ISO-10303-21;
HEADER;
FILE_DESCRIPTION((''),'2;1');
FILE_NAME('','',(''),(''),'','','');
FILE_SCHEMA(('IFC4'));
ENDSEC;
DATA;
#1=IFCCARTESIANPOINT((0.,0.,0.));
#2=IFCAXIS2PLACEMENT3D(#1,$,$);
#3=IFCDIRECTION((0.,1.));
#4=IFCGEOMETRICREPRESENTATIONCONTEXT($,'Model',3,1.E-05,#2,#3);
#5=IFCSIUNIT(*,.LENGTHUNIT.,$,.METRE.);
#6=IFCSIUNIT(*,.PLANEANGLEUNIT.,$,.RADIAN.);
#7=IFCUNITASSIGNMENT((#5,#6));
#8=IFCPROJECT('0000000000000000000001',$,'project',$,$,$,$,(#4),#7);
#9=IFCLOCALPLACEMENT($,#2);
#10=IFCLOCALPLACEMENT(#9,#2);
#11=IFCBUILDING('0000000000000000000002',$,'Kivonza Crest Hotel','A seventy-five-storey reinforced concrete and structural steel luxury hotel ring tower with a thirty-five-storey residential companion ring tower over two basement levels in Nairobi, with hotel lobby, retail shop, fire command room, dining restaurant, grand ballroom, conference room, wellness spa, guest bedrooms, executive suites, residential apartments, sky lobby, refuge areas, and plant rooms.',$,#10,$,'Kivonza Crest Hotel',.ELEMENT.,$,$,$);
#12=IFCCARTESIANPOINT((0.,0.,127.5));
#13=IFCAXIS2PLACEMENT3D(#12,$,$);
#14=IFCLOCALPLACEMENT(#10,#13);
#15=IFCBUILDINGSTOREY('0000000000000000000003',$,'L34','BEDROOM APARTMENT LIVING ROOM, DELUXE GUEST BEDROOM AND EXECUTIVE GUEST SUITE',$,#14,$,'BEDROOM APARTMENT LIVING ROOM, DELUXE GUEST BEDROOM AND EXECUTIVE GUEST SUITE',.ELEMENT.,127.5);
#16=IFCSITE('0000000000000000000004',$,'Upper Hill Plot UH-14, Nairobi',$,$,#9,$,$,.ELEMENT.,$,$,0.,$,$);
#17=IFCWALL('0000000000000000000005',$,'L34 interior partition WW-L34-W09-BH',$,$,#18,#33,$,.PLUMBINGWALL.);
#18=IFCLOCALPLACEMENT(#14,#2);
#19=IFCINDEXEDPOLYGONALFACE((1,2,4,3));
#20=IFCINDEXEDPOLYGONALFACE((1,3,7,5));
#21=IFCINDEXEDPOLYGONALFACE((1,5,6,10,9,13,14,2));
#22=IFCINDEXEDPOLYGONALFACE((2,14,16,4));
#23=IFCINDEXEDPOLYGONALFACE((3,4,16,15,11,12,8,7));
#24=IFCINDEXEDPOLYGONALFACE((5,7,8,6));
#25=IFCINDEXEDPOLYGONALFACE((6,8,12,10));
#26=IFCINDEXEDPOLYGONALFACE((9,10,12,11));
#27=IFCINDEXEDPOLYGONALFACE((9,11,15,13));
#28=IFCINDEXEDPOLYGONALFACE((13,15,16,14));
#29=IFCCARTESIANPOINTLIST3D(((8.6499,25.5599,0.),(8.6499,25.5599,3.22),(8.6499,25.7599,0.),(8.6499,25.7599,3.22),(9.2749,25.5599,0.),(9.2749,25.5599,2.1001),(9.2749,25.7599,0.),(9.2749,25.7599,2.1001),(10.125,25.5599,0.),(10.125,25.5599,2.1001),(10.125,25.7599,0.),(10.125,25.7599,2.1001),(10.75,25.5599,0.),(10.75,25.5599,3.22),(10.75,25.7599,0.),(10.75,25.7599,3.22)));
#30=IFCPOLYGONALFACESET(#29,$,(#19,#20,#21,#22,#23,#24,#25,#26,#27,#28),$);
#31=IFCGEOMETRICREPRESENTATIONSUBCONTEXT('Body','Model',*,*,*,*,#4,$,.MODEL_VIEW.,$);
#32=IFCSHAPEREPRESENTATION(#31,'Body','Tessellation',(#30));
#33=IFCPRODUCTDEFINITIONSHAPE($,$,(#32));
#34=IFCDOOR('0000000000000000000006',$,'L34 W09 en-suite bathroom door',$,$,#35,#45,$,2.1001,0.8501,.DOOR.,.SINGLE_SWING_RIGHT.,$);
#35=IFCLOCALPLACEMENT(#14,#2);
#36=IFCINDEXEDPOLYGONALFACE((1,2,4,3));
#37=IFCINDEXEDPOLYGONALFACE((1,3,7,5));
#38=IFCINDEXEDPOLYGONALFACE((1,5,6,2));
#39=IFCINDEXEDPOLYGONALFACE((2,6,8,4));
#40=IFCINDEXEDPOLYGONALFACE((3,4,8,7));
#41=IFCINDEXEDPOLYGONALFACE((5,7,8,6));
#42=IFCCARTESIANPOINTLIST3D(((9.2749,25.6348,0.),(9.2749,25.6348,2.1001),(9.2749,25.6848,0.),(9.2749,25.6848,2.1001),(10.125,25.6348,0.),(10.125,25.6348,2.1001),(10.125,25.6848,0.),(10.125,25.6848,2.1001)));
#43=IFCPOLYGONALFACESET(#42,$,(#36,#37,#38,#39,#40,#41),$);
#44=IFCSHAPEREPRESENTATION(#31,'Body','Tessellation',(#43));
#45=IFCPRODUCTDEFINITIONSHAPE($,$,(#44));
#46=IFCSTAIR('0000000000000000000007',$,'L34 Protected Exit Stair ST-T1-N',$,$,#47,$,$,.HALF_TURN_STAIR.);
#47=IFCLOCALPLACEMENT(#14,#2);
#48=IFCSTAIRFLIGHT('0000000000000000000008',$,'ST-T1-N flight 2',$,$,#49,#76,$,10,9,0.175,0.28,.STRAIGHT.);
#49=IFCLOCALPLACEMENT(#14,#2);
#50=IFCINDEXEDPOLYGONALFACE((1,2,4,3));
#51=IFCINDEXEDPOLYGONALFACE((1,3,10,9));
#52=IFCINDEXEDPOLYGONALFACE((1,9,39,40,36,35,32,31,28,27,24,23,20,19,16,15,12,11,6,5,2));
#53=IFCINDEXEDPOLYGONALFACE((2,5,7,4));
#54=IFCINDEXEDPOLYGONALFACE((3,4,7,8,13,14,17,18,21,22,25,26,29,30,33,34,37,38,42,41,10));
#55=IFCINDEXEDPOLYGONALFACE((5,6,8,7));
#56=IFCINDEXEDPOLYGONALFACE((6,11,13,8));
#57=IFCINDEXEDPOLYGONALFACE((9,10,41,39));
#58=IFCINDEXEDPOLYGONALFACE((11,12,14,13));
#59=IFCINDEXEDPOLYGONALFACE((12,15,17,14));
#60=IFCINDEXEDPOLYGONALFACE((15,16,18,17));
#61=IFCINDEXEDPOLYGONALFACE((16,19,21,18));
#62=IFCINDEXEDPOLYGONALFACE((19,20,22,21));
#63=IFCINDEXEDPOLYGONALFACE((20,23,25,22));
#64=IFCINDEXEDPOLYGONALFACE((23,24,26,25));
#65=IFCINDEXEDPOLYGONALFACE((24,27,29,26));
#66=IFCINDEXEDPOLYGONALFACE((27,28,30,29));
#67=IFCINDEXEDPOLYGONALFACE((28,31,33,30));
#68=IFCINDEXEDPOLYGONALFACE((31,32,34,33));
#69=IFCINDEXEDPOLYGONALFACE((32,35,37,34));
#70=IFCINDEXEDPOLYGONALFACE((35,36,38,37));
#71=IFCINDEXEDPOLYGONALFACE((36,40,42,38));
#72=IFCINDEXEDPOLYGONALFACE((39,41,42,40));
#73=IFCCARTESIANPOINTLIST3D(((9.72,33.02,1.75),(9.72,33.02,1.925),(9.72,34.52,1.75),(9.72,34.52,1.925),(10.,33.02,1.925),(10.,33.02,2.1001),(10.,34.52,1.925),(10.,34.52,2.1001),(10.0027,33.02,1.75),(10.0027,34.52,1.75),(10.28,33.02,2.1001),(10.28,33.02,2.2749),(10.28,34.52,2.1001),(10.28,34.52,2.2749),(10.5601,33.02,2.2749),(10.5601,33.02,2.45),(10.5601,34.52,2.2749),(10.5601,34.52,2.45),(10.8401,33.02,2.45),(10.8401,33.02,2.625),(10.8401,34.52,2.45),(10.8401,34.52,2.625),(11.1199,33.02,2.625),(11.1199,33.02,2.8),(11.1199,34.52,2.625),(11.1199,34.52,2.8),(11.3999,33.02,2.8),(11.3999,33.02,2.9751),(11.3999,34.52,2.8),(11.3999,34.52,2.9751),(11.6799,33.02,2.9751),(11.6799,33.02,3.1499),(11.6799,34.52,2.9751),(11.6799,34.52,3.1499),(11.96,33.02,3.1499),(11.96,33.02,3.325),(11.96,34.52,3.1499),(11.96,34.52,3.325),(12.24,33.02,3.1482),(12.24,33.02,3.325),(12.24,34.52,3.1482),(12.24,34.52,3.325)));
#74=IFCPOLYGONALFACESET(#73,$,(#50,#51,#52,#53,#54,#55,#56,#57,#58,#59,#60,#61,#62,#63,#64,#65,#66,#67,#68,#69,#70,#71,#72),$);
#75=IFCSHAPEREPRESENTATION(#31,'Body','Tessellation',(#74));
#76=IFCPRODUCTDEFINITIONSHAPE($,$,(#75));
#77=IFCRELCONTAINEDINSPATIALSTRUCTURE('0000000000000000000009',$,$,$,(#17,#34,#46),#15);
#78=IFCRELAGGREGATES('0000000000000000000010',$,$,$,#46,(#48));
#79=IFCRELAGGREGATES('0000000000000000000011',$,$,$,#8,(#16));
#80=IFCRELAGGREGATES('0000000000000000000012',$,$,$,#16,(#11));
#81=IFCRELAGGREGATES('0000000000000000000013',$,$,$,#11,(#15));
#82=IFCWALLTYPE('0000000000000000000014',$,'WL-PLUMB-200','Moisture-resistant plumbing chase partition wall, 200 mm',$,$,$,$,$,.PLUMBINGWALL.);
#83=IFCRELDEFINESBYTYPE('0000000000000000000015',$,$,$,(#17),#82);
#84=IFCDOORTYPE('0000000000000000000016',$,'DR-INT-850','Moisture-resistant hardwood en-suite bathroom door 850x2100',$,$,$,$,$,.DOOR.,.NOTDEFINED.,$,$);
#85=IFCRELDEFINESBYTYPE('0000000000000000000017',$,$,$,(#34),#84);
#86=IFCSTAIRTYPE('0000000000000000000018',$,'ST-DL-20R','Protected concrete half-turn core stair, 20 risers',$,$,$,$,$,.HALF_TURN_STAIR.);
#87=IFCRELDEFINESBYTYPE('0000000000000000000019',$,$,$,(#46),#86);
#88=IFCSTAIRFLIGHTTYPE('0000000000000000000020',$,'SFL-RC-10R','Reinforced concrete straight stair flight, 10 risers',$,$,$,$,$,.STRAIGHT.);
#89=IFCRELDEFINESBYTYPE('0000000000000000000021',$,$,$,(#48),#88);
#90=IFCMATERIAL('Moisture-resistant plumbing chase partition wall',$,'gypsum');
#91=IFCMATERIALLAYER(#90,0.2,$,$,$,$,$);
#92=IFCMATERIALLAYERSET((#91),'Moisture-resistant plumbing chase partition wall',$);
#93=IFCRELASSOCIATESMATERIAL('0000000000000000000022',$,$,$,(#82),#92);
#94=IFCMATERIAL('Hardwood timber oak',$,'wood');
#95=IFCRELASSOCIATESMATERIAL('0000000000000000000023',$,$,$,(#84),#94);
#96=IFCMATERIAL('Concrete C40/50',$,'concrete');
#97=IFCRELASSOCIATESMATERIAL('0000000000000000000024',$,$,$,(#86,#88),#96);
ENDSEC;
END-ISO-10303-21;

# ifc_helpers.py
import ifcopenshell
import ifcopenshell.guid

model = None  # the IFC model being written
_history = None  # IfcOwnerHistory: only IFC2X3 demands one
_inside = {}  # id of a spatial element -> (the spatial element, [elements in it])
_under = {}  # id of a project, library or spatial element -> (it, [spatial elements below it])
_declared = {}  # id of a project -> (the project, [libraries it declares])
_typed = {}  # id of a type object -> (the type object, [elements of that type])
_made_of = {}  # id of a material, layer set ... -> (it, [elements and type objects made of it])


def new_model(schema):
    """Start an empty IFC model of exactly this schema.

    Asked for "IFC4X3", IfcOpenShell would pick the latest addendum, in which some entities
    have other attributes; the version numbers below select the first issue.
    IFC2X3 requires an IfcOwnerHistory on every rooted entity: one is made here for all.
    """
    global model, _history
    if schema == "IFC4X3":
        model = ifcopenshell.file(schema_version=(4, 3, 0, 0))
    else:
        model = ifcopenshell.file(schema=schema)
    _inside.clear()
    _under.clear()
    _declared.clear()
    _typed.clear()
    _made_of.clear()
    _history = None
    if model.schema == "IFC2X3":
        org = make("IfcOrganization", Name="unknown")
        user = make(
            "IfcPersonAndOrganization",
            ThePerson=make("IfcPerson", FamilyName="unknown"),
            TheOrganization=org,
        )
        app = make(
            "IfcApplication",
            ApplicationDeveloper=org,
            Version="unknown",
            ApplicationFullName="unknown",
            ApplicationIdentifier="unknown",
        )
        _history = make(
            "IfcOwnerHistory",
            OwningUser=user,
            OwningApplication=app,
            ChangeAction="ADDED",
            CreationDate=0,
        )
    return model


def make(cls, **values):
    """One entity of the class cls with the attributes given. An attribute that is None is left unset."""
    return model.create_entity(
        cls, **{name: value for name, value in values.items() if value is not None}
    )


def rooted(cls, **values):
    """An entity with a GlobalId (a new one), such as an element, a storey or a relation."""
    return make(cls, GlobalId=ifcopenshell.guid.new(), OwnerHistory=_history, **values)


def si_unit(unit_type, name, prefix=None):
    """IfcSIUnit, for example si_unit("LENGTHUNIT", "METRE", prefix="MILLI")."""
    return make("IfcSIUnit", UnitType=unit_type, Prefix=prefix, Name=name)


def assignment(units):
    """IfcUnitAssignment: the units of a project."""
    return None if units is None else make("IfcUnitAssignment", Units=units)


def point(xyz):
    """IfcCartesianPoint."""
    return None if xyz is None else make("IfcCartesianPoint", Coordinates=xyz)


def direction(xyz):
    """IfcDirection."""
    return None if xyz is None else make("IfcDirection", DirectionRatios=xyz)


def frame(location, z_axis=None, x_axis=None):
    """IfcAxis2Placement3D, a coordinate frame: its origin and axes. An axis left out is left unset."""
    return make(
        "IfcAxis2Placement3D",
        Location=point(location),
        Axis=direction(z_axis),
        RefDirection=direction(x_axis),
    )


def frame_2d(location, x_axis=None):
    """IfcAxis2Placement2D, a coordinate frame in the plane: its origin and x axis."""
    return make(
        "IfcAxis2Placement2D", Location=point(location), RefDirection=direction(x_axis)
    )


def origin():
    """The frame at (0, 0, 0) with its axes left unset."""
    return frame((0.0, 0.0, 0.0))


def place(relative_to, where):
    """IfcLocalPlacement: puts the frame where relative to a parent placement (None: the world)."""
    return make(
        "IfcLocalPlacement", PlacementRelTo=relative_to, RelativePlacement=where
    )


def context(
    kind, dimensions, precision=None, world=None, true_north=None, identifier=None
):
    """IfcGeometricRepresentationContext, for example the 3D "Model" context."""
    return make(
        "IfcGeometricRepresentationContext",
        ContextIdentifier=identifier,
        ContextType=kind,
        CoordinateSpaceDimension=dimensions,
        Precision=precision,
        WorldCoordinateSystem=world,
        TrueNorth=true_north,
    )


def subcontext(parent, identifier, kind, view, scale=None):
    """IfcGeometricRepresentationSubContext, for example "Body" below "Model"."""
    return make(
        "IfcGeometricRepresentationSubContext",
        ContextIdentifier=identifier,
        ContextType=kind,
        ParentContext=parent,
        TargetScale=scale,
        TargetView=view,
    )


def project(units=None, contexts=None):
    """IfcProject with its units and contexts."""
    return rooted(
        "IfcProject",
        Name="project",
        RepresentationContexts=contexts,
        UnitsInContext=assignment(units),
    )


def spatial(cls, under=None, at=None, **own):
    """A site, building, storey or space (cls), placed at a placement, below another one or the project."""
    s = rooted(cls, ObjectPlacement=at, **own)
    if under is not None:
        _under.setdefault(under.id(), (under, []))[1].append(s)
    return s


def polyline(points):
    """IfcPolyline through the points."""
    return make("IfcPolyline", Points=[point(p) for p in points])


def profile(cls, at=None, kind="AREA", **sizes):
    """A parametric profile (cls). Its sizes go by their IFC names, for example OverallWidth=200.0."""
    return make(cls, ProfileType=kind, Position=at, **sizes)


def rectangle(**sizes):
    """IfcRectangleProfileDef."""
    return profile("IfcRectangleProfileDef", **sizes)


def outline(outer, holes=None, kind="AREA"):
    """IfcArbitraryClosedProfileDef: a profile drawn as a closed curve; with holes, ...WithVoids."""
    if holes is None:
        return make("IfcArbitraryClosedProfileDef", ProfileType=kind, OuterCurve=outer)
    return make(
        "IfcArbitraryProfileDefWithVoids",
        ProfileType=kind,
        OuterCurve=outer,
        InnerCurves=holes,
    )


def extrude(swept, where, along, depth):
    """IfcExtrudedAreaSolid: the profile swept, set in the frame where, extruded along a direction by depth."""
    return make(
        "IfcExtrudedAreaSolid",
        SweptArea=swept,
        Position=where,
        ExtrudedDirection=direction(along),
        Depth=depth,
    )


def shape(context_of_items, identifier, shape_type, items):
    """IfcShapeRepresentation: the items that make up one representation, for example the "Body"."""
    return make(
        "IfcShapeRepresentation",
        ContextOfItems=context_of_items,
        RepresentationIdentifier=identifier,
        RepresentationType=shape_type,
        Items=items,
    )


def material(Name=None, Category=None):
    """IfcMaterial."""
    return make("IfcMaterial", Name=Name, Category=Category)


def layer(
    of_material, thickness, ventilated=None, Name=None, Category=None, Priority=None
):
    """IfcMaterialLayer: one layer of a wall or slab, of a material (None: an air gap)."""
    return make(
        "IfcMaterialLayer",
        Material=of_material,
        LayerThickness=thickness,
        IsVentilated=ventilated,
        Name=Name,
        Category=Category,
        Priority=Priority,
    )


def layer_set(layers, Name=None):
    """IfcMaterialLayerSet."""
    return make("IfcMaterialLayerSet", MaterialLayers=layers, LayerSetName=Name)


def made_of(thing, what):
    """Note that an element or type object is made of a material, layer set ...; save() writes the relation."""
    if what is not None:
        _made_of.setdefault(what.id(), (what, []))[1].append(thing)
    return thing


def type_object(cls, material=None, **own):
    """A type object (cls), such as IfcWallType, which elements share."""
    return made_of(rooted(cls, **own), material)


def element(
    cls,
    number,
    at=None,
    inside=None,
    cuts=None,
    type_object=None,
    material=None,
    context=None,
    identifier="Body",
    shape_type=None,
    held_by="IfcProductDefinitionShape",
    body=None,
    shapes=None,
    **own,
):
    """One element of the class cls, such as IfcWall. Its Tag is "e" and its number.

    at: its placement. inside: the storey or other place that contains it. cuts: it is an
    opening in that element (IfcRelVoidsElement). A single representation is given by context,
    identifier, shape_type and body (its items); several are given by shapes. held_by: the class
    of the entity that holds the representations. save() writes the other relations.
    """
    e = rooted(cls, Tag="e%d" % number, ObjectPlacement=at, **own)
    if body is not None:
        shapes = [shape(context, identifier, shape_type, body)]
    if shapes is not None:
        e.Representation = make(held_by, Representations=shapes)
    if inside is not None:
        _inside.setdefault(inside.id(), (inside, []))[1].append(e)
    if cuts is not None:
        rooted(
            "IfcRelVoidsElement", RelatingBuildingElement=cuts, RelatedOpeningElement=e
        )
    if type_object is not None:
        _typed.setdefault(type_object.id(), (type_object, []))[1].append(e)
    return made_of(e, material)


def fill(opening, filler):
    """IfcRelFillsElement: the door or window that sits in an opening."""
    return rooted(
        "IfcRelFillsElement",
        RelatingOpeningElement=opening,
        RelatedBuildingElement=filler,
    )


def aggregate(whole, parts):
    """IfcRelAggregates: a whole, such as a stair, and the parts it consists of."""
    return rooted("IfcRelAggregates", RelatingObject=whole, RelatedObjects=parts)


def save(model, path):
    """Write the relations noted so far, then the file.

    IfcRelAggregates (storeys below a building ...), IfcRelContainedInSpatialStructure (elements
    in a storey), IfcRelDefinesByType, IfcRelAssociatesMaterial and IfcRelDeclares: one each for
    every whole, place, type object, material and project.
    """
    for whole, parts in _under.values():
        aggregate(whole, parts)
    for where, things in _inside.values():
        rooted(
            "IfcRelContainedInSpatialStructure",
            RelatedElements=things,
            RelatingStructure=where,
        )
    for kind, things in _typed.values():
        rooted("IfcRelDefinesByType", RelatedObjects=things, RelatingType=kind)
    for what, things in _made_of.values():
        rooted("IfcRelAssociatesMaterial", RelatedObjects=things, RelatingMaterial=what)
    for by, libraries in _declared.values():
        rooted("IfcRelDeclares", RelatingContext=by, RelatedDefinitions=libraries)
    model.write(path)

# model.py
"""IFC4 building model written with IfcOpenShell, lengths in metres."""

from ifc_helpers import new_model, si_unit, direction, frame, frame_2d, origin, place, context, subcontext, project, spatial, polyline, rectangle, outline, extrude, material, layer, layer_set, type_object, element, fill, aggregate, save


model = new_model("IFC4")

# Units and contexts
model_context = context("Model", 3, precision=1e-05, world=origin(), true_north=direction((0.0, 1.0)))
body_context = subcontext(model_context, "Body", "Model", "MODEL_VIEW")
ifc_project = project(units=[si_unit("LENGTHUNIT", "METRE"), si_unit("PLANEANGLEUNIT", "RADIAN")], contexts=[model_context])

# Site, building, storey
site_placement = place(None, origin())
site = spatial("IfcSite", under=ifc_project, at=site_placement, Name="Upper Hill Plot UH-14, Nairobi", CompositionType="ELEMENT", RefElevation=0.0)
building_placement = place(site_placement, origin())
building = spatial("IfcBuilding", under=site, at=building_placement, Name="Kivonza Crest Hotel", Description="A seventy-five-storey reinforced concrete and structural steel luxury hotel ring tower with a thirty-five-storey residential companion ring tower over two basement levels in Nairobi, with hotel lobby, retail shop, fire command room, dining restaurant, grand ballroom, conference room, wellness spa, guest bedrooms, executive suites, residential apartments, sky lobby, refuge areas, and plant rooms.", LongName="Kivonza Crest Hotel", CompositionType="ELEMENT")
storey_placement = place(building_placement, frame((0.0, 0.0, 127.5)))
storey = spatial("IfcBuildingStorey", under=building, at=storey_placement, Name="L34", Description="BEDROOM APARTMENT LIVING ROOM, DELUXE GUEST BEDROOM AND EXECUTIVE GUEST SUITE", LongName="BEDROOM APARTMENT LIVING ROOM, DELUXE GUEST BEDROOM AND EXECUTIVE GUEST SUITE", CompositionType="ELEMENT", Elevation=127.5)

# Shared definitions
ifc_material_1 = material(Name="Hardwood timber oak", Category="wood")

# Wall, opening, door
ifc_material_2 = material(Name="Moisture-resistant plumbing chase partition wall", Category="gypsum")
ifc_layer_1 = layer(ifc_material_2, 0.2)
ifc_layer_set_1 = layer_set([ifc_layer_1], Name="Moisture-resistant plumbing chase partition wall")
wall_type_1 = type_object("IfcWallType", Name="WL-PLUMB-200", Description="Moisture-resistant plumbing chase partition wall, 200 mm", PredefinedType="PLUMBINGWALL", material=ifc_layer_set_1)
wall_1_placement = place(storey_placement, frame((8.6499, 25.6599, 0.0), z_axis=(0.0, 0.0, 1.0), x_axis=(1.0, 0.0, 0.0)))
wall_1 = element("IfcWall", 1, at=wall_1_placement, inside=storey, type_object=wall_type_1, Name="L34 interior partition WW-L34-W09-BH", PredefinedType="PLUMBINGWALL", context=body_context, shape_type="SweptSolid", body=[
    extrude(rectangle(XDim=2.1001, YDim=0.2, at=frame_2d((1.05, 0.0))), origin(), (0.0, 0.0, 1.0), 3.22),
])
opening_1_placement = place(wall_1_placement, frame((0.625, 0.0, 0.0)))
opening_1 = element("IfcOpeningElement", 2, at=opening_1_placement, cuts=wall_1, PredefinedType="OPENING", context=body_context, shape_type="SweptSolid", body=[
    extrude(rectangle(XDim=0.8501, YDim=2.1001, at=frame_2d((0.425, 1.05))), frame((0.0, 0.1099, 0.0), z_axis=(0.0, -1.0, 0.0), x_axis=(1.0, 0.0, 0.0)), (0.0, 0.0, 1.0), 0.22),
])
door_type_1 = type_object("IfcDoorType", Name="DR-INT-850", Description="Moisture-resistant hardwood en-suite bathroom door 850x2100", OperationType="NOTDEFINED", PredefinedType="DOOR", material=ifc_material_1)
door_1_placement = place(opening_1_placement, origin())
door_1 = element("IfcDoor", 3, at=door_1_placement, inside=storey, type_object=door_type_1, Name="L34 W09 en-suite bathroom door", OperationType="SINGLE_SWING_RIGHT", OverallHeight=2.1001, OverallWidth=0.8501, PredefinedType="DOOR", context=body_context, shape_type="SweptSolid", body=[
    extrude(rectangle(XDim=0.8501, YDim=2.1001, at=frame_2d((0.425, 1.05))), frame((0.0, 0.0249, 0.0), z_axis=(0.0, -1.0, 0.0), x_axis=(1.0, 0.0, 0.0)), (0.0, 0.0, 1.0), 0.05),
])
fill(opening_1, door_1)

# Stair, stair flight
ifc_material_3 = material(Name="Concrete C40/50", Category="concrete")
stair_type = type_object("IfcStairType", Name="ST-DL-20R", Description="Protected concrete half-turn core stair, 20 risers", PredefinedType="HALF_TURN_STAIR", material=ifc_material_3)
stair_placement = place(storey_placement, origin())
stair = element("IfcStair", 4, at=stair_placement, inside=storey, type_object=stair_type, Name="L34 Protected Exit Stair ST-T1-N", PredefinedType="HALF_TURN_STAIR")
stair_flight_type = type_object("IfcStairFlightType", Name="SFL-RC-10R", Description="Reinforced concrete straight stair flight, 10 risers", PredefinedType="STRAIGHT", material=ifc_material_3)
stair_flight_placement = place(storey_placement, frame((9.72, 33.77, 1.75), z_axis=(0.0, 0.0, 1.0), x_axis=(1.0, 0.0, 0.0)))
stair_flight = element("IfcStairFlight", 5, at=stair_flight_placement, type_object=stair_flight_type, Name="ST-T1-N flight 2", NumberOfRisers=10, NumberOfTreads=9, PredefinedType="STRAIGHT", RiserHeight=0.175, TreadLength=0.28, context=body_context, shape_type="SweptSolid", body=[
    extrude(outline(polyline([(0.0, 0.0), (0.0, 0.175), (0.28, 0.175), (0.28, 0.3501), (0.5601, 0.3501), (0.5601, 0.5249), (0.8401, 0.5249), (0.8401, 0.7), (1.1201, 0.7), (1.1201, 0.875), (1.3999, 0.875), (1.3999, 1.05), (1.6799, 1.05), (1.6799, 1.2251), (1.96, 1.2251), (1.96, 1.3999), (2.24, 1.3999), (2.24, 1.575), (2.52, 1.575), (2.52, 1.75), (2.52, 1.3982), (0.2827, 0.0), (0.0, 0.0)])), frame((0.0, 0.75, 0.0), z_axis=(0.0, -1.0, 0.0), x_axis=(1.0, 0.0, 0.0)), (0.0, 0.0, 1.0), 1.5),
])
aggregate(stair, [stair_flight])

save(model, "model.ifc")
